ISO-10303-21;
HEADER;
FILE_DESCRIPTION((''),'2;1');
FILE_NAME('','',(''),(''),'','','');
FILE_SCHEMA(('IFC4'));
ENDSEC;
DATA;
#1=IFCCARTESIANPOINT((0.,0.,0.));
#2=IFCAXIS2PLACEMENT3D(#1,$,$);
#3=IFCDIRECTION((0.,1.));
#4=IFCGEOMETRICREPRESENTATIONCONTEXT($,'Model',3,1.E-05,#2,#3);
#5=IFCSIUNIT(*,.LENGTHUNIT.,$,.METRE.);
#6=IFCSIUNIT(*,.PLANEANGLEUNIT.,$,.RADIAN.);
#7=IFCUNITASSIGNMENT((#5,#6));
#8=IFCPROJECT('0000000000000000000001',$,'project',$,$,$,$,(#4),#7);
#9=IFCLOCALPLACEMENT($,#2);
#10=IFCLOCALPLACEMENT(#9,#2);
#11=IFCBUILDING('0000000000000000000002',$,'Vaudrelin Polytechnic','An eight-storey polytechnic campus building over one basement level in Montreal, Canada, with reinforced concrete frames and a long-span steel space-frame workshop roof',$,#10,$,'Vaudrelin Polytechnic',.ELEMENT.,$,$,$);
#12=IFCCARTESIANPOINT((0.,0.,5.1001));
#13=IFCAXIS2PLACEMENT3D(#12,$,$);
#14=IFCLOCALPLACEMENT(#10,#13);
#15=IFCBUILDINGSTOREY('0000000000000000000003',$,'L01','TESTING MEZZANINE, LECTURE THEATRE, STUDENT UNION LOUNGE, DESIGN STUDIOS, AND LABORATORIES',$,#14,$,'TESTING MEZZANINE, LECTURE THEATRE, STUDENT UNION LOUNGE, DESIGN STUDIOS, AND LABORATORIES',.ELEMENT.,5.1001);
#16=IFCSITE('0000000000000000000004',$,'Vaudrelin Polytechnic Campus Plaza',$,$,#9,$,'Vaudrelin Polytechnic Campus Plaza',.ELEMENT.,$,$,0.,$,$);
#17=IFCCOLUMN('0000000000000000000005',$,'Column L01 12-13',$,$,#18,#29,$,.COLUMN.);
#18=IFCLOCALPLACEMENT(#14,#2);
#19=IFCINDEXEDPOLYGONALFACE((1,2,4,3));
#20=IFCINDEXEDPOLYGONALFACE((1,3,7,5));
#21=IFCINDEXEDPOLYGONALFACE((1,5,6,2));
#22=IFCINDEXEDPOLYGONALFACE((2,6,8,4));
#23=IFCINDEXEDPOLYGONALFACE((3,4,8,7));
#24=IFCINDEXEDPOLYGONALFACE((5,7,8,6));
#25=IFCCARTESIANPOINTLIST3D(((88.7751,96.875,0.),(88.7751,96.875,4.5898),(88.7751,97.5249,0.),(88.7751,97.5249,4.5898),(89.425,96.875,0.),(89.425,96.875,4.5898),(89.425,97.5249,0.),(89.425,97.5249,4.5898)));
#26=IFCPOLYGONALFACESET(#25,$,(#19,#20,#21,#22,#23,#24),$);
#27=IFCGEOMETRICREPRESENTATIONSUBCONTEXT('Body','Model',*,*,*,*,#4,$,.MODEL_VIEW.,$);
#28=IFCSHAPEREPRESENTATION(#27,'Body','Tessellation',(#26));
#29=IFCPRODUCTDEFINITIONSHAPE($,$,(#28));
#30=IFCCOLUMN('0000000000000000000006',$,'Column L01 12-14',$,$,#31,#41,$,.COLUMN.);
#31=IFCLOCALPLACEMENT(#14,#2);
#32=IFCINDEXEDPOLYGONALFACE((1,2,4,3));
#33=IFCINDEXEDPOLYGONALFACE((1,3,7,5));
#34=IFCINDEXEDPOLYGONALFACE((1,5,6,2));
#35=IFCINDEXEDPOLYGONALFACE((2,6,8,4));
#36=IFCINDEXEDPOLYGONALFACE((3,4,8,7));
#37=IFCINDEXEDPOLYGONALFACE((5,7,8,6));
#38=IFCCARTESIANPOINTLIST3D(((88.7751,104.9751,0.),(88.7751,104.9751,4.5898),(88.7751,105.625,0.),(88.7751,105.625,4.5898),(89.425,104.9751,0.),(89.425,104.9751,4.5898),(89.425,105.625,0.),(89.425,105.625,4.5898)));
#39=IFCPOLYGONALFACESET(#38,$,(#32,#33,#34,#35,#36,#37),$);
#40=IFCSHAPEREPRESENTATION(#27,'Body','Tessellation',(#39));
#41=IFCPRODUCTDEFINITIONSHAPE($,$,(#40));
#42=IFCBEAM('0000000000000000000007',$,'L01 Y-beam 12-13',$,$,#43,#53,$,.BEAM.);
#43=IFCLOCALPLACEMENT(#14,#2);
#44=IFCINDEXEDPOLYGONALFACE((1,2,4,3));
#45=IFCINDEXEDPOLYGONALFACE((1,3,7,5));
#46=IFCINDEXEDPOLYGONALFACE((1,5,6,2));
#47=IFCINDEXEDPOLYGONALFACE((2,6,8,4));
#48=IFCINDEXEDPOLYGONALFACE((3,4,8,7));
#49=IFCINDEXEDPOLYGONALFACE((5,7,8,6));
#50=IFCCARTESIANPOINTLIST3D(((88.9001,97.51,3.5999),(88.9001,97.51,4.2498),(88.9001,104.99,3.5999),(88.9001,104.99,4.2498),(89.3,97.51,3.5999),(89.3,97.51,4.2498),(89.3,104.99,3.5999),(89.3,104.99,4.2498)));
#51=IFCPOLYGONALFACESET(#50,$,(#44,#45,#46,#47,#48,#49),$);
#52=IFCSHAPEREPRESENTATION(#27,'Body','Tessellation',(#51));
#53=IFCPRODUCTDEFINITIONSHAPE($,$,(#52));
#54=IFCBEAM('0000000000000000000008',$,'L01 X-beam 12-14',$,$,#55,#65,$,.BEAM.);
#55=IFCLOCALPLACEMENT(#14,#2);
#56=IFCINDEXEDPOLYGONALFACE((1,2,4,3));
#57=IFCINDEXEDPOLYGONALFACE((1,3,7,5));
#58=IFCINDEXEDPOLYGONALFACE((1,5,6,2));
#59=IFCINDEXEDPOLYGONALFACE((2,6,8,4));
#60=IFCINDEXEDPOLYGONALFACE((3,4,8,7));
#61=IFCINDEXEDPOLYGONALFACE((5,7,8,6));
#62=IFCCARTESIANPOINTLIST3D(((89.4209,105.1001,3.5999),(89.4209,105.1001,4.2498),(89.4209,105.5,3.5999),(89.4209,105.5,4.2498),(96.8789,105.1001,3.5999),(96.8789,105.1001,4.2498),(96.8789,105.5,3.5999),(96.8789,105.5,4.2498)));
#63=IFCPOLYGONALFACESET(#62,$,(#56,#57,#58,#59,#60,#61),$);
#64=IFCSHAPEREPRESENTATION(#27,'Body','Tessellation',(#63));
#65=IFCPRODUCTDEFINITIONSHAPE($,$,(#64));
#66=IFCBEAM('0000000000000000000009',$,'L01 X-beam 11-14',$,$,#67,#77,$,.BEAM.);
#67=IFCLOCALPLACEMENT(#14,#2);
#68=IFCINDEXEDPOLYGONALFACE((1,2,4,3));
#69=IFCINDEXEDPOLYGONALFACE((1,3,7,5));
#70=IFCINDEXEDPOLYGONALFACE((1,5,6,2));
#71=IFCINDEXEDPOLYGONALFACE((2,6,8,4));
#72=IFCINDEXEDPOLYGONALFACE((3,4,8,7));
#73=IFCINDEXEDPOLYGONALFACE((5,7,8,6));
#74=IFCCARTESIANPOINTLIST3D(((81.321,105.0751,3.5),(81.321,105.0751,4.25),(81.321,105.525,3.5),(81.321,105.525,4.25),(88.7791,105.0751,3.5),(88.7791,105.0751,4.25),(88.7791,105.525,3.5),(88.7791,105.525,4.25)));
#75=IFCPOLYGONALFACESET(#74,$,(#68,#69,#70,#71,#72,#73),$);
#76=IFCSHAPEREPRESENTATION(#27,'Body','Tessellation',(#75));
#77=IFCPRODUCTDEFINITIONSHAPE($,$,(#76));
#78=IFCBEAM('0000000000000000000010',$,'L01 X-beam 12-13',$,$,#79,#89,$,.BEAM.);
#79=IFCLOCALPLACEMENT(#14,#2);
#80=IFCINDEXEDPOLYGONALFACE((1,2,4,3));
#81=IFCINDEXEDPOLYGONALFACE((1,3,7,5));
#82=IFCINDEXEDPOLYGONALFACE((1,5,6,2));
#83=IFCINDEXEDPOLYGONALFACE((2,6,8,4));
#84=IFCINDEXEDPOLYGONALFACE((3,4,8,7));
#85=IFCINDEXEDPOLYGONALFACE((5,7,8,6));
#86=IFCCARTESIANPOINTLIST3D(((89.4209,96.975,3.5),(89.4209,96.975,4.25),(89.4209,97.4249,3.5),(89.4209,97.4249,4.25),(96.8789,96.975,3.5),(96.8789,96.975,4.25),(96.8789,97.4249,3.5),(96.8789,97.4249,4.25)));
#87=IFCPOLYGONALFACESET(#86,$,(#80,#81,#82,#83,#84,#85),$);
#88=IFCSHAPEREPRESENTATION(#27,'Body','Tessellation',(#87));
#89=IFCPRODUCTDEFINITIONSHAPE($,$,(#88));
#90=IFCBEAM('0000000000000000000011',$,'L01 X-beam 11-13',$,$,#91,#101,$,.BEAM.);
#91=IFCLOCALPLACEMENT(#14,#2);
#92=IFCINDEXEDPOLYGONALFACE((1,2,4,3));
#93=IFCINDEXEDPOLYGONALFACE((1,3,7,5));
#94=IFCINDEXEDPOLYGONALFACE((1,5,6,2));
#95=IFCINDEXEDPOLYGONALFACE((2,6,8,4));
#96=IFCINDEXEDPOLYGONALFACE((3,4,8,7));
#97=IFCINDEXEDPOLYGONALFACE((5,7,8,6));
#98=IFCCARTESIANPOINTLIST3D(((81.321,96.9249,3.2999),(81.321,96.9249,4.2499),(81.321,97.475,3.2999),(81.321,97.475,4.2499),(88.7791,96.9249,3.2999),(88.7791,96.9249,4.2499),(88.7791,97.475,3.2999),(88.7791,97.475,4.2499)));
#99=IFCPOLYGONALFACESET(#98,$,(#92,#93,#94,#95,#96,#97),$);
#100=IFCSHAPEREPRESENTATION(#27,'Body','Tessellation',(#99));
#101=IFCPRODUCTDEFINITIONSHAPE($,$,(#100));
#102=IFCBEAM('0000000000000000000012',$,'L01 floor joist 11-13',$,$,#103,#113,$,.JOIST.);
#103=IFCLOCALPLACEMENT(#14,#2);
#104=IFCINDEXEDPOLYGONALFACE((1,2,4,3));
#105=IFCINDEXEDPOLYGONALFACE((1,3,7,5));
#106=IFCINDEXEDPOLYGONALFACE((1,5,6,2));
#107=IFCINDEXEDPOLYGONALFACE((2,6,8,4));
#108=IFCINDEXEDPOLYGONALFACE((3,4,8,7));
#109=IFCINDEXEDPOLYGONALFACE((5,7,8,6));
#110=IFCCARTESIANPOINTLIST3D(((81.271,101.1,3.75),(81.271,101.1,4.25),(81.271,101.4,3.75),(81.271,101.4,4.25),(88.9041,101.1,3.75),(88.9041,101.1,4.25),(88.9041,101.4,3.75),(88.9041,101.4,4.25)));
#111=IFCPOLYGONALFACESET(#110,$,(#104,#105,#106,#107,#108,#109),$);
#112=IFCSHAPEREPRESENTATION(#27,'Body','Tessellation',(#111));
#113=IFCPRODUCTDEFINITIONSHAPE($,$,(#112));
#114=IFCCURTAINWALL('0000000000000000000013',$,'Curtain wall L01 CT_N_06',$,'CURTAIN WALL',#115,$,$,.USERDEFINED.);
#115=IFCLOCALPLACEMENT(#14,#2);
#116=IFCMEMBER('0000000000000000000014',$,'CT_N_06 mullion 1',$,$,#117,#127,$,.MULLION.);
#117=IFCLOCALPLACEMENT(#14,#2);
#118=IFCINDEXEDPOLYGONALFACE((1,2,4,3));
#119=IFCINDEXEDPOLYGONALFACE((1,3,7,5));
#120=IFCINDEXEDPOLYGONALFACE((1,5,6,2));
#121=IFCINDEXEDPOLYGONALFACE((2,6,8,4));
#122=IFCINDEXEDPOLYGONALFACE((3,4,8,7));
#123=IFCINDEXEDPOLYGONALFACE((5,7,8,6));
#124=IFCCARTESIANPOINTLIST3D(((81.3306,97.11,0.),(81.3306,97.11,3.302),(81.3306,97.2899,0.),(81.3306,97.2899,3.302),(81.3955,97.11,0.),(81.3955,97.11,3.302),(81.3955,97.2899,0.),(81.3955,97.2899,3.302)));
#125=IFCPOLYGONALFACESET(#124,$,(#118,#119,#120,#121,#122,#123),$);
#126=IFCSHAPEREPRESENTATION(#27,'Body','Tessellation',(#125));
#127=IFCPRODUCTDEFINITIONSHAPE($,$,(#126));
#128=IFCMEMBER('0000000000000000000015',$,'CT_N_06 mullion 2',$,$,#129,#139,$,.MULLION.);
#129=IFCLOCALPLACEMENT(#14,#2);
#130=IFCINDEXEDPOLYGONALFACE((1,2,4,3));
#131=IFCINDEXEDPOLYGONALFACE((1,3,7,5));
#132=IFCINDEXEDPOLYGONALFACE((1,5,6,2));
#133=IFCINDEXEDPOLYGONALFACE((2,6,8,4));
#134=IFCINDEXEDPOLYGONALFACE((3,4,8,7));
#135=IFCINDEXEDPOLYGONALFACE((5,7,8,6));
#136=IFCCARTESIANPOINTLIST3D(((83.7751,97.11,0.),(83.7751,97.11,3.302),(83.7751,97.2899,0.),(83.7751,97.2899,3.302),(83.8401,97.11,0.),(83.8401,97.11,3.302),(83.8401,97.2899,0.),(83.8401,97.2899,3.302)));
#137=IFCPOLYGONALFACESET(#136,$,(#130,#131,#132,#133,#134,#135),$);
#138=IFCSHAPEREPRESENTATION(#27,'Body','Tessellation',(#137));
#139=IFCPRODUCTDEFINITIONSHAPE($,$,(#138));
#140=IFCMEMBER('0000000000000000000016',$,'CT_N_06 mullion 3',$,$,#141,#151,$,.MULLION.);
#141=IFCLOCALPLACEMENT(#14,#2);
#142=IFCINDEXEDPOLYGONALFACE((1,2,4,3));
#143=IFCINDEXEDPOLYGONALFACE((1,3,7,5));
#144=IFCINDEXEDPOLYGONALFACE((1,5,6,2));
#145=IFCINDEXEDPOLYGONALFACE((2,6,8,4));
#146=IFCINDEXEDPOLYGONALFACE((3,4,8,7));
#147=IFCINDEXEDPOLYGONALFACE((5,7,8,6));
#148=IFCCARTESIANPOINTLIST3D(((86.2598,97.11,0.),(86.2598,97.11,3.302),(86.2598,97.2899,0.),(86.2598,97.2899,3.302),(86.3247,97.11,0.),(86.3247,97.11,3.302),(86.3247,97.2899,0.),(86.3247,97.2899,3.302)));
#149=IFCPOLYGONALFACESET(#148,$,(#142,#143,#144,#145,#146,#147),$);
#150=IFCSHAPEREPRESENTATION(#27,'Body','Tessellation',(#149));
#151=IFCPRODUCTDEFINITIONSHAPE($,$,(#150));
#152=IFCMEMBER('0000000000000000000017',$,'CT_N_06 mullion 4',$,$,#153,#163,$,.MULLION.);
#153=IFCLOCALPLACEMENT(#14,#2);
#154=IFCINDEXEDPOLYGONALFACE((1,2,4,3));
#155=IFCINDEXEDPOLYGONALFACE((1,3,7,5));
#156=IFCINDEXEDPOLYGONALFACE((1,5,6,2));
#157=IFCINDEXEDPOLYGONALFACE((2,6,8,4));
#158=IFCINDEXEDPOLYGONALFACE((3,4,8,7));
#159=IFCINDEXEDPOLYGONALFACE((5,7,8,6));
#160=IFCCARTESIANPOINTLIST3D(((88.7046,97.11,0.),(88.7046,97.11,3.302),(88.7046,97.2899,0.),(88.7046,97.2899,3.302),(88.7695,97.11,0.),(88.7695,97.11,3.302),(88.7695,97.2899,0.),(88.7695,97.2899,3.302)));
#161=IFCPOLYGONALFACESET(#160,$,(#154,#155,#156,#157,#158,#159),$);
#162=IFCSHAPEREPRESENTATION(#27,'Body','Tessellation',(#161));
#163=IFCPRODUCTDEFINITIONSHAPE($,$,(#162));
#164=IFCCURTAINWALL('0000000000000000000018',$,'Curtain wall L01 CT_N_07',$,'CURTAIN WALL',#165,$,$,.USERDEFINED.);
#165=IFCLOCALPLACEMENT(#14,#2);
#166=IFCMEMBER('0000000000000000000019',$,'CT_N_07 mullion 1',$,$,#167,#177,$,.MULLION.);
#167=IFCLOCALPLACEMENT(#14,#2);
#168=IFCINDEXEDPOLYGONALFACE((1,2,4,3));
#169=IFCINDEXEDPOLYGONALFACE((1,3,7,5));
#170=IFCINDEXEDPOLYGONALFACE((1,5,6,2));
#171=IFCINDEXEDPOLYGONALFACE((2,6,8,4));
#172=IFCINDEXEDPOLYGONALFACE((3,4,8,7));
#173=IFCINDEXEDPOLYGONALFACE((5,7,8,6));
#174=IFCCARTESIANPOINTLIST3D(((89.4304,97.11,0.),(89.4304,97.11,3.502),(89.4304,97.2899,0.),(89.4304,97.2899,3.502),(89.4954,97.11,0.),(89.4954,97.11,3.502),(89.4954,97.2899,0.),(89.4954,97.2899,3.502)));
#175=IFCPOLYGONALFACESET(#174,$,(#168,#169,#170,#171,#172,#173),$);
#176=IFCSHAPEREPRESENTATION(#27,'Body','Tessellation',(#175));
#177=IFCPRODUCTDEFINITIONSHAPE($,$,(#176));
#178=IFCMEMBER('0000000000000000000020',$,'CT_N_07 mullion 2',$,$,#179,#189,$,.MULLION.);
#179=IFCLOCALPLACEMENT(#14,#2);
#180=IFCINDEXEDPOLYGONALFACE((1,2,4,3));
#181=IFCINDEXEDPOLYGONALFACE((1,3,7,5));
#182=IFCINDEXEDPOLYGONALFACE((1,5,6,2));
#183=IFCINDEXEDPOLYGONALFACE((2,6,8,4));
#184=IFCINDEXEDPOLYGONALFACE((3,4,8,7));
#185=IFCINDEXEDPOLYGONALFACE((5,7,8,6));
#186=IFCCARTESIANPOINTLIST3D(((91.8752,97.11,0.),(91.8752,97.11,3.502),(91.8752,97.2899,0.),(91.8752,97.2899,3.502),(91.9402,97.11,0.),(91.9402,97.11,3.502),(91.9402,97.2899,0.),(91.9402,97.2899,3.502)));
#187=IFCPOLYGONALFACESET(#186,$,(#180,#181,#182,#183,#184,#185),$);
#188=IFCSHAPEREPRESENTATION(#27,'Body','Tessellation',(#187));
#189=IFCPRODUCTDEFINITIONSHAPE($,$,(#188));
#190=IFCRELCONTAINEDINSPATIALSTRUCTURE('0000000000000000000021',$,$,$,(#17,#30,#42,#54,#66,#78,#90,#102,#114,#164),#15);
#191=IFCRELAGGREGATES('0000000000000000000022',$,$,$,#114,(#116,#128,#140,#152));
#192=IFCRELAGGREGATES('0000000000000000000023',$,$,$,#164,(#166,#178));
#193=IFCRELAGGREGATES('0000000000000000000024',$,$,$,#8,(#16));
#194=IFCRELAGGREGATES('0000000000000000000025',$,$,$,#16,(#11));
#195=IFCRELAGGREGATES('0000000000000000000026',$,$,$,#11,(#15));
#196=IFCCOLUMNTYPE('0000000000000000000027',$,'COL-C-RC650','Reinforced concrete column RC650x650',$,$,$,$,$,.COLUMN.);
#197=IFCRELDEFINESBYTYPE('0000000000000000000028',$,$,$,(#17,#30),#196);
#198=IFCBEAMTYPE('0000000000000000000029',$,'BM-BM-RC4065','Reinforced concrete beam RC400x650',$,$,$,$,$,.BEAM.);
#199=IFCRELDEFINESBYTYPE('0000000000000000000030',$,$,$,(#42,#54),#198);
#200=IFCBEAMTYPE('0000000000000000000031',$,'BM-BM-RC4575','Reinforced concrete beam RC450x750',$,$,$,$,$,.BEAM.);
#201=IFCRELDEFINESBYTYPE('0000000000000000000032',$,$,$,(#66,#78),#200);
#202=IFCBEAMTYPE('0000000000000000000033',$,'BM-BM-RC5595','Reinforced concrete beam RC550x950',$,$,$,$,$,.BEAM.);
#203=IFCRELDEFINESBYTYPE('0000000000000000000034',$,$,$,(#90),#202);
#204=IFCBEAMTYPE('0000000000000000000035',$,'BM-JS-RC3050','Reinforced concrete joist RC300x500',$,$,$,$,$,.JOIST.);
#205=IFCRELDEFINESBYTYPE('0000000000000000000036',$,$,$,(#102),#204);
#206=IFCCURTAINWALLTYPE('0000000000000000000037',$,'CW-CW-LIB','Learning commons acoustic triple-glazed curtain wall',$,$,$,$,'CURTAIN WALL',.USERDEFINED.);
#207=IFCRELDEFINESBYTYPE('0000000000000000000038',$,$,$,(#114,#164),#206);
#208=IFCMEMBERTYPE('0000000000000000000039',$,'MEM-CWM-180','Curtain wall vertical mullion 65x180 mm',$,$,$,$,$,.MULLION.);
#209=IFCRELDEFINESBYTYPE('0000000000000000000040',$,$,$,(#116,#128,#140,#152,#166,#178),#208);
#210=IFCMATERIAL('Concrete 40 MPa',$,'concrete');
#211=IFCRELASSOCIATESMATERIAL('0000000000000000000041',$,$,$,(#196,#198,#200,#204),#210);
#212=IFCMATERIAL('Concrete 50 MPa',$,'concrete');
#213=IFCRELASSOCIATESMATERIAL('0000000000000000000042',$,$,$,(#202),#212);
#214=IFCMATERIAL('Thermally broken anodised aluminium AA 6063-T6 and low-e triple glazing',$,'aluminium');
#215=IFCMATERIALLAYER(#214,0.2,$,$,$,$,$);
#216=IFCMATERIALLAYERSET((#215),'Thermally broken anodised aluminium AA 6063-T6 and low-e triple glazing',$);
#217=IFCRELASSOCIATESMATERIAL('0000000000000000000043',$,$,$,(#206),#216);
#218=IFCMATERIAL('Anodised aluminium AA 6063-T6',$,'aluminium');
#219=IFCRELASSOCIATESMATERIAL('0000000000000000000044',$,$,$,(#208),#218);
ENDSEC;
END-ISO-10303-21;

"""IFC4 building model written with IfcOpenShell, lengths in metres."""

from ifc_helpers import new_model, si_unit, direction, frame, origin, origin_2d, place, context, subcontext, project, spatial, rectangle, extrude, material, layer, layer_set, material_profile, profile_set, type_object, element, aggregate, save


model = new_model("IFC4")

# Units and contexts
model_context = context("Model", 3, precision=1e-05, world=origin(), true_north=direction((0.0, 1.0)))
body_context = subcontext(model_context, "Body", "Model", "MODEL_VIEW")
ifc_project = project(units=[si_unit("LENGTHUNIT", "METRE"), si_unit("PLANEANGLEUNIT", "RADIAN")], contexts=[model_context])

# Site, building, storey
site_placement = place(None, origin())
site = spatial("IfcSite", under=ifc_project, at=site_placement, Name="Vaudrelin Polytechnic Campus Plaza", LongName="Vaudrelin Polytechnic Campus Plaza", CompositionType="ELEMENT", RefElevation=0.0)
building_placement = place(site_placement, origin())
building = spatial("IfcBuilding", under=site, at=building_placement, Name="Vaudrelin Polytechnic", Description="An eight-storey polytechnic campus building over one basement level in Montreal, Canada, with reinforced concrete frames and a long-span steel space-frame workshop roof", LongName="Vaudrelin Polytechnic", CompositionType="ELEMENT")
storey_placement = place(building_placement, frame((0.0, 0.0, 5.1001)))
storey = spatial("IfcBuildingStorey", under=building, at=storey_placement, Name="L01", Description="TESTING MEZZANINE, LECTURE THEATRE, STUDENT UNION LOUNGE, DESIGN STUDIOS, AND LABORATORIES", LongName="TESTING MEZZANINE, LECTURE THEATRE, STUDENT UNION LOUNGE, DESIGN STUDIOS, AND LABORATORIES", CompositionType="ELEMENT", Elevation=5.1001)

# Columns
ifc_material_1 = material(Name="Concrete 40 MPa", Category="concrete")
ifc_material_profile_1 = material_profile(ifc_material_1, rectangle(XDim=0.6499, YDim=0.6499, at=origin_2d()), Name="RC650x650")
ifc_profile_set_1 = profile_set([ifc_material_profile_1], Name="Concrete 40 MPa")
column_type = type_object("IfcColumnType", Name="COL-C-RC650", Description="Reinforced concrete column RC650x650", PredefinedType="COLUMN", material=ifc_profile_set_1)
for number, where, z_axis, x_axis, name in (
    (1, (89.1001, 97.2, 0.0), (0.0, 0.0, 1.0), (1.0, 0.0, 0.0), "Column L01 12-13"),
    (2, (89.1001, 105.3, 0.0), (0.0, 0.0, 1.0), (1.0, 0.0, 0.0), "Column L01 12-14"),
):
    element("IfcColumn", number, at=place(storey_placement, frame(where, z_axis=z_axis, x_axis=x_axis)), inside=storey, type_object=column_type, Name=name, PredefinedType="COLUMN", context=body_context, shape_type="SweptSolid", body=[
        extrude(rectangle(XDim=0.6499, YDim=0.6499, at=origin_2d()), origin(), (0.0, 0.0, 1.0), 4.5898),
    ])

# Beams
ifc_material_profile_2 = material_profile(ifc_material_1, rectangle(XDim=0.3999, YDim=0.6499, at=origin_2d()), Name="RC400x650")
ifc_profile_set_2 = profile_set([ifc_material_profile_2], Name="Concrete 40 MPa")
beam_type_1 = type_object("IfcBeamType", Name="BM-BM-RC4065", Description="Reinforced concrete beam RC400x650", PredefinedType="BEAM", material=ifc_profile_set_2)
beam_1_placement = place(storey_placement, frame((89.1001, 97.51, 3.9248), z_axis=(0.0, 1.0, 0.0), x_axis=(-1.0, 0.0, 0.0)))
element("IfcBeam", 3, at=beam_1_placement, inside=storey, type_object=beam_type_1, Name="L01 Y-beam 12-13", PredefinedType="BEAM", context=body_context, shape_type="SweptSolid", body=[
    extrude(rectangle(XDim=0.3999, YDim=0.6499, at=origin_2d()), origin(), (0.0, 0.0, 1.0), 7.48),
])
beam_2_placement = place(storey_placement, frame((89.4209, 105.3, 3.9248), z_axis=(1.0, 0.0, 0.0), x_axis=(0.0, 1.0, 0.0)))
element("IfcBeam", 4, at=beam_2_placement, inside=storey, type_object=beam_type_1, Name="L01 X-beam 12-14", PredefinedType="BEAM", context=body_context, shape_type="SweptSolid", body=[
    extrude(rectangle(XDim=0.3999, YDim=0.6499, at=origin_2d()), origin(), (0.0, 0.0, 1.0), 7.458),
])
ifc_material_profile_3 = material_profile(ifc_material_1, rectangle(XDim=0.45, YDim=0.75, at=origin_2d()), Name="RC450x750")
ifc_profile_set_3 = profile_set([ifc_material_profile_3], Name="Concrete 40 MPa")
beam_type_2 = type_object("IfcBeamType", Name="BM-BM-RC4575", Description="Reinforced concrete beam RC450x750", PredefinedType="BEAM", material=ifc_profile_set_3)
for number, where, z_axis, x_axis, name in (
    (5, (81.321, 105.3, 3.875), (1.0, 0.0, 0.0), (0.0, 1.0, 0.0), "L01 X-beam 11-14"),
    (6, (89.4209, 97.2, 3.875), (1.0, 0.0, 0.0), (0.0, 1.0, 0.0), "L01 X-beam 12-13"),
):
    element("IfcBeam", number, at=place(storey_placement, frame(where, z_axis=z_axis, x_axis=x_axis)), inside=storey, type_object=beam_type_2, Name=name, PredefinedType="BEAM", context=body_context, shape_type="SweptSolid", body=[
        extrude(rectangle(XDim=0.45, YDim=0.75, at=origin_2d()), origin(), (0.0, 0.0, 1.0), 7.458),
    ])
ifc_material_2 = material(Name="Concrete 50 MPa", Category="concrete")
ifc_material_profile_4 = material_profile(ifc_material_2, rectangle(XDim=0.55, YDim=0.95, at=origin_2d()), Name="RC550x950")
ifc_profile_set_4 = profile_set([ifc_material_profile_4], Name="Concrete 50 MPa")
beam_type_3 = type_object("IfcBeamType", Name="BM-BM-RC5595", Description="Reinforced concrete beam RC550x950", PredefinedType="BEAM", material=ifc_profile_set_4)
beam_3_placement = place(storey_placement, frame((81.321, 97.2, 3.7749), z_axis=(1.0, 0.0, 0.0), x_axis=(0.0, 1.0, 0.0)))
element("IfcBeam", 7, at=beam_3_placement, inside=storey, type_object=beam_type_3, Name="L01 X-beam 11-13", PredefinedType="BEAM", context=body_context, shape_type="SweptSolid", body=[
    extrude(rectangle(XDim=0.55, YDim=0.95, at=origin_2d()), origin(), (0.0, 0.0, 1.0), 7.458),
])
ifc_material_profile_5 = material_profile(ifc_material_1, rectangle(XDim=0.3, YDim=0.5, at=origin_2d()), Name="RC300x500")
ifc_profile_set_5 = profile_set([ifc_material_profile_5], Name="Concrete 40 MPa")
beam_type_4 = type_object("IfcBeamType", Name="BM-JS-RC3050", Description="Reinforced concrete joist RC300x500", PredefinedType="JOIST", material=ifc_profile_set_5)
beam_4_placement = place(storey_placement, frame((81.271, 101.25, 4.0), z_axis=(1.0, 0.0, 0.0), x_axis=(0.0, 1.0, 0.0)))
element("IfcBeam", 8, at=beam_4_placement, inside=storey, type_object=beam_type_4, Name="L01 floor joist 11-13", PredefinedType="JOIST", context=body_context, shape_type="SweptSolid", body=[
    extrude(rectangle(XDim=0.3, YDim=0.5, at=origin_2d()), origin(), (0.0, 0.0, 1.0), 7.6331),
])

# Curtain walls, members
ifc_material_3 = material(Name="Thermally broken anodised aluminium AA 6063-T6 and low-e triple glazing", Category="aluminium")
ifc_layer_1 = layer(ifc_material_3, 0.2)
ifc_layer_set_1 = layer_set([ifc_layer_1], Name="Thermally broken anodised aluminium AA 6063-T6 and low-e triple glazing")
curtain_wall_type = type_object("IfcCurtainWallType", Name="CW-CW-LIB", Description="Learning commons acoustic triple-glazed curtain wall", ElementType="CURTAIN WALL", PredefinedType="USERDEFINED", material=ifc_layer_set_1)
curtain_wall_1_placement = place(storey_placement, origin())
curtain_wall_1 = element("IfcCurtainWall", 9, at=curtain_wall_1_placement, inside=storey, type_object=curtain_wall_type, Name="Curtain wall L01 CT_N_06", ObjectType="CURTAIN WALL", PredefinedType="USERDEFINED")
ifc_material_4 = material(Name="Anodised aluminium AA 6063-T6", Category="aluminium")
ifc_material_profile_6 = material_profile(ifc_material_4, rectangle(XDim=0.0649, YDim=0.1799, at=origin_2d()), Name="CWM-65x180")
ifc_profile_set_6 = profile_set([ifc_material_profile_6], Name="Anodised aluminium AA 6063-T6")
member_type_1 = type_object("IfcMemberType", Name="MEM-CWM-180", Description="Curtain wall vertical mullion 65x180 mm", PredefinedType="MULLION", material=ifc_profile_set_6)
member_1_placement = place(storey_placement, frame((81.363, 97.2, 0.0), z_axis=(0.0, 0.0, 1.0), x_axis=(1.0, 0.0, 0.0)))
member_1 = element("IfcMember", 10, at=member_1_placement, type_object=member_type_1, Name="CT_N_06 mullion 1", PredefinedType="MULLION", context=body_context, shape_type="SweptSolid", body=[
    extrude(rectangle(XDim=0.0649, YDim=0.1799, at=origin_2d()), origin(), (0.0, 0.0, 1.0), 3.302),
])
member_2_placement = place(storey_placement, frame((83.8076, 97.2, 0.0), z_axis=(0.0, 0.0, 1.0), x_axis=(1.0, 0.0, 0.0)))
member_2 = element("IfcMember", 11, at=member_2_placement, type_object=member_type_1, Name="CT_N_06 mullion 2", PredefinedType="MULLION", context=body_context, shape_type="SweptSolid", body=[
    extrude(rectangle(XDim=0.0649, YDim=0.1799, at=origin_2d()), origin(), (0.0, 0.0, 1.0), 3.302),
])
member_3_placement = place(storey_placement, frame((86.2922, 97.2, 0.0), z_axis=(0.0, 0.0, 1.0), x_axis=(1.0, 0.0, 0.0)))
member_3 = element("IfcMember", 12, at=member_3_placement, type_object=member_type_1, Name="CT_N_06 mullion 3", PredefinedType="MULLION", context=body_context, shape_type="SweptSolid", body=[
    extrude(rectangle(XDim=0.0649, YDim=0.1799, at=origin_2d()), origin(), (0.0, 0.0, 1.0), 3.302),
])
member_4_placement = place(storey_placement, frame((88.7371, 97.2, 0.0), z_axis=(0.0, 0.0, 1.0), x_axis=(1.0, 0.0, 0.0)))
member_4 = element("IfcMember", 13, at=member_4_placement, type_object=member_type_1, Name="CT_N_06 mullion 4", PredefinedType="MULLION", context=body_context, shape_type="SweptSolid", body=[
    extrude(rectangle(XDim=0.0649, YDim=0.1799, at=origin_2d()), origin(), (0.0, 0.0, 1.0), 3.302),
])
curtain_wall_2_placement = place(storey_placement, origin())
curtain_wall_2 = element("IfcCurtainWall", 14, at=curtain_wall_2_placement, inside=storey, type_object=curtain_wall_type, Name="Curtain wall L01 CT_N_07", ObjectType="CURTAIN WALL", PredefinedType="USERDEFINED")
member_5_placement = place(storey_placement, frame((89.4629, 97.2, 0.0), z_axis=(0.0, 0.0, 1.0), x_axis=(1.0, 0.0, 0.0)))
member_5 = element("IfcMember", 15, at=member_5_placement, type_object=member_type_1, Name="CT_N_07 mullion 1", PredefinedType="MULLION", context=body_context, shape_type="SweptSolid", body=[
    extrude(rectangle(XDim=0.0649, YDim=0.1799, at=origin_2d()), origin(), (0.0, 0.0, 1.0), 3.502),
])
member_6_placement = place(storey_placement, frame((91.9077, 97.2, 0.0), z_axis=(0.0, 0.0, 1.0), x_axis=(1.0, 0.0, 0.0)))
member_6 = element("IfcMember", 16, at=member_6_placement, type_object=member_type_1, Name="CT_N_07 mullion 2", PredefinedType="MULLION", context=body_context, shape_type="SweptSolid", body=[
    extrude(rectangle(XDim=0.0649, YDim=0.1799, at=origin_2d()), origin(), (0.0, 0.0, 1.0), 3.502),
])

aggregate(curtain_wall_1, [member_1, member_2, member_3, member_4])
aggregate(curtain_wall_2, [member_5, member_6])

save(model, "model.ifc")
